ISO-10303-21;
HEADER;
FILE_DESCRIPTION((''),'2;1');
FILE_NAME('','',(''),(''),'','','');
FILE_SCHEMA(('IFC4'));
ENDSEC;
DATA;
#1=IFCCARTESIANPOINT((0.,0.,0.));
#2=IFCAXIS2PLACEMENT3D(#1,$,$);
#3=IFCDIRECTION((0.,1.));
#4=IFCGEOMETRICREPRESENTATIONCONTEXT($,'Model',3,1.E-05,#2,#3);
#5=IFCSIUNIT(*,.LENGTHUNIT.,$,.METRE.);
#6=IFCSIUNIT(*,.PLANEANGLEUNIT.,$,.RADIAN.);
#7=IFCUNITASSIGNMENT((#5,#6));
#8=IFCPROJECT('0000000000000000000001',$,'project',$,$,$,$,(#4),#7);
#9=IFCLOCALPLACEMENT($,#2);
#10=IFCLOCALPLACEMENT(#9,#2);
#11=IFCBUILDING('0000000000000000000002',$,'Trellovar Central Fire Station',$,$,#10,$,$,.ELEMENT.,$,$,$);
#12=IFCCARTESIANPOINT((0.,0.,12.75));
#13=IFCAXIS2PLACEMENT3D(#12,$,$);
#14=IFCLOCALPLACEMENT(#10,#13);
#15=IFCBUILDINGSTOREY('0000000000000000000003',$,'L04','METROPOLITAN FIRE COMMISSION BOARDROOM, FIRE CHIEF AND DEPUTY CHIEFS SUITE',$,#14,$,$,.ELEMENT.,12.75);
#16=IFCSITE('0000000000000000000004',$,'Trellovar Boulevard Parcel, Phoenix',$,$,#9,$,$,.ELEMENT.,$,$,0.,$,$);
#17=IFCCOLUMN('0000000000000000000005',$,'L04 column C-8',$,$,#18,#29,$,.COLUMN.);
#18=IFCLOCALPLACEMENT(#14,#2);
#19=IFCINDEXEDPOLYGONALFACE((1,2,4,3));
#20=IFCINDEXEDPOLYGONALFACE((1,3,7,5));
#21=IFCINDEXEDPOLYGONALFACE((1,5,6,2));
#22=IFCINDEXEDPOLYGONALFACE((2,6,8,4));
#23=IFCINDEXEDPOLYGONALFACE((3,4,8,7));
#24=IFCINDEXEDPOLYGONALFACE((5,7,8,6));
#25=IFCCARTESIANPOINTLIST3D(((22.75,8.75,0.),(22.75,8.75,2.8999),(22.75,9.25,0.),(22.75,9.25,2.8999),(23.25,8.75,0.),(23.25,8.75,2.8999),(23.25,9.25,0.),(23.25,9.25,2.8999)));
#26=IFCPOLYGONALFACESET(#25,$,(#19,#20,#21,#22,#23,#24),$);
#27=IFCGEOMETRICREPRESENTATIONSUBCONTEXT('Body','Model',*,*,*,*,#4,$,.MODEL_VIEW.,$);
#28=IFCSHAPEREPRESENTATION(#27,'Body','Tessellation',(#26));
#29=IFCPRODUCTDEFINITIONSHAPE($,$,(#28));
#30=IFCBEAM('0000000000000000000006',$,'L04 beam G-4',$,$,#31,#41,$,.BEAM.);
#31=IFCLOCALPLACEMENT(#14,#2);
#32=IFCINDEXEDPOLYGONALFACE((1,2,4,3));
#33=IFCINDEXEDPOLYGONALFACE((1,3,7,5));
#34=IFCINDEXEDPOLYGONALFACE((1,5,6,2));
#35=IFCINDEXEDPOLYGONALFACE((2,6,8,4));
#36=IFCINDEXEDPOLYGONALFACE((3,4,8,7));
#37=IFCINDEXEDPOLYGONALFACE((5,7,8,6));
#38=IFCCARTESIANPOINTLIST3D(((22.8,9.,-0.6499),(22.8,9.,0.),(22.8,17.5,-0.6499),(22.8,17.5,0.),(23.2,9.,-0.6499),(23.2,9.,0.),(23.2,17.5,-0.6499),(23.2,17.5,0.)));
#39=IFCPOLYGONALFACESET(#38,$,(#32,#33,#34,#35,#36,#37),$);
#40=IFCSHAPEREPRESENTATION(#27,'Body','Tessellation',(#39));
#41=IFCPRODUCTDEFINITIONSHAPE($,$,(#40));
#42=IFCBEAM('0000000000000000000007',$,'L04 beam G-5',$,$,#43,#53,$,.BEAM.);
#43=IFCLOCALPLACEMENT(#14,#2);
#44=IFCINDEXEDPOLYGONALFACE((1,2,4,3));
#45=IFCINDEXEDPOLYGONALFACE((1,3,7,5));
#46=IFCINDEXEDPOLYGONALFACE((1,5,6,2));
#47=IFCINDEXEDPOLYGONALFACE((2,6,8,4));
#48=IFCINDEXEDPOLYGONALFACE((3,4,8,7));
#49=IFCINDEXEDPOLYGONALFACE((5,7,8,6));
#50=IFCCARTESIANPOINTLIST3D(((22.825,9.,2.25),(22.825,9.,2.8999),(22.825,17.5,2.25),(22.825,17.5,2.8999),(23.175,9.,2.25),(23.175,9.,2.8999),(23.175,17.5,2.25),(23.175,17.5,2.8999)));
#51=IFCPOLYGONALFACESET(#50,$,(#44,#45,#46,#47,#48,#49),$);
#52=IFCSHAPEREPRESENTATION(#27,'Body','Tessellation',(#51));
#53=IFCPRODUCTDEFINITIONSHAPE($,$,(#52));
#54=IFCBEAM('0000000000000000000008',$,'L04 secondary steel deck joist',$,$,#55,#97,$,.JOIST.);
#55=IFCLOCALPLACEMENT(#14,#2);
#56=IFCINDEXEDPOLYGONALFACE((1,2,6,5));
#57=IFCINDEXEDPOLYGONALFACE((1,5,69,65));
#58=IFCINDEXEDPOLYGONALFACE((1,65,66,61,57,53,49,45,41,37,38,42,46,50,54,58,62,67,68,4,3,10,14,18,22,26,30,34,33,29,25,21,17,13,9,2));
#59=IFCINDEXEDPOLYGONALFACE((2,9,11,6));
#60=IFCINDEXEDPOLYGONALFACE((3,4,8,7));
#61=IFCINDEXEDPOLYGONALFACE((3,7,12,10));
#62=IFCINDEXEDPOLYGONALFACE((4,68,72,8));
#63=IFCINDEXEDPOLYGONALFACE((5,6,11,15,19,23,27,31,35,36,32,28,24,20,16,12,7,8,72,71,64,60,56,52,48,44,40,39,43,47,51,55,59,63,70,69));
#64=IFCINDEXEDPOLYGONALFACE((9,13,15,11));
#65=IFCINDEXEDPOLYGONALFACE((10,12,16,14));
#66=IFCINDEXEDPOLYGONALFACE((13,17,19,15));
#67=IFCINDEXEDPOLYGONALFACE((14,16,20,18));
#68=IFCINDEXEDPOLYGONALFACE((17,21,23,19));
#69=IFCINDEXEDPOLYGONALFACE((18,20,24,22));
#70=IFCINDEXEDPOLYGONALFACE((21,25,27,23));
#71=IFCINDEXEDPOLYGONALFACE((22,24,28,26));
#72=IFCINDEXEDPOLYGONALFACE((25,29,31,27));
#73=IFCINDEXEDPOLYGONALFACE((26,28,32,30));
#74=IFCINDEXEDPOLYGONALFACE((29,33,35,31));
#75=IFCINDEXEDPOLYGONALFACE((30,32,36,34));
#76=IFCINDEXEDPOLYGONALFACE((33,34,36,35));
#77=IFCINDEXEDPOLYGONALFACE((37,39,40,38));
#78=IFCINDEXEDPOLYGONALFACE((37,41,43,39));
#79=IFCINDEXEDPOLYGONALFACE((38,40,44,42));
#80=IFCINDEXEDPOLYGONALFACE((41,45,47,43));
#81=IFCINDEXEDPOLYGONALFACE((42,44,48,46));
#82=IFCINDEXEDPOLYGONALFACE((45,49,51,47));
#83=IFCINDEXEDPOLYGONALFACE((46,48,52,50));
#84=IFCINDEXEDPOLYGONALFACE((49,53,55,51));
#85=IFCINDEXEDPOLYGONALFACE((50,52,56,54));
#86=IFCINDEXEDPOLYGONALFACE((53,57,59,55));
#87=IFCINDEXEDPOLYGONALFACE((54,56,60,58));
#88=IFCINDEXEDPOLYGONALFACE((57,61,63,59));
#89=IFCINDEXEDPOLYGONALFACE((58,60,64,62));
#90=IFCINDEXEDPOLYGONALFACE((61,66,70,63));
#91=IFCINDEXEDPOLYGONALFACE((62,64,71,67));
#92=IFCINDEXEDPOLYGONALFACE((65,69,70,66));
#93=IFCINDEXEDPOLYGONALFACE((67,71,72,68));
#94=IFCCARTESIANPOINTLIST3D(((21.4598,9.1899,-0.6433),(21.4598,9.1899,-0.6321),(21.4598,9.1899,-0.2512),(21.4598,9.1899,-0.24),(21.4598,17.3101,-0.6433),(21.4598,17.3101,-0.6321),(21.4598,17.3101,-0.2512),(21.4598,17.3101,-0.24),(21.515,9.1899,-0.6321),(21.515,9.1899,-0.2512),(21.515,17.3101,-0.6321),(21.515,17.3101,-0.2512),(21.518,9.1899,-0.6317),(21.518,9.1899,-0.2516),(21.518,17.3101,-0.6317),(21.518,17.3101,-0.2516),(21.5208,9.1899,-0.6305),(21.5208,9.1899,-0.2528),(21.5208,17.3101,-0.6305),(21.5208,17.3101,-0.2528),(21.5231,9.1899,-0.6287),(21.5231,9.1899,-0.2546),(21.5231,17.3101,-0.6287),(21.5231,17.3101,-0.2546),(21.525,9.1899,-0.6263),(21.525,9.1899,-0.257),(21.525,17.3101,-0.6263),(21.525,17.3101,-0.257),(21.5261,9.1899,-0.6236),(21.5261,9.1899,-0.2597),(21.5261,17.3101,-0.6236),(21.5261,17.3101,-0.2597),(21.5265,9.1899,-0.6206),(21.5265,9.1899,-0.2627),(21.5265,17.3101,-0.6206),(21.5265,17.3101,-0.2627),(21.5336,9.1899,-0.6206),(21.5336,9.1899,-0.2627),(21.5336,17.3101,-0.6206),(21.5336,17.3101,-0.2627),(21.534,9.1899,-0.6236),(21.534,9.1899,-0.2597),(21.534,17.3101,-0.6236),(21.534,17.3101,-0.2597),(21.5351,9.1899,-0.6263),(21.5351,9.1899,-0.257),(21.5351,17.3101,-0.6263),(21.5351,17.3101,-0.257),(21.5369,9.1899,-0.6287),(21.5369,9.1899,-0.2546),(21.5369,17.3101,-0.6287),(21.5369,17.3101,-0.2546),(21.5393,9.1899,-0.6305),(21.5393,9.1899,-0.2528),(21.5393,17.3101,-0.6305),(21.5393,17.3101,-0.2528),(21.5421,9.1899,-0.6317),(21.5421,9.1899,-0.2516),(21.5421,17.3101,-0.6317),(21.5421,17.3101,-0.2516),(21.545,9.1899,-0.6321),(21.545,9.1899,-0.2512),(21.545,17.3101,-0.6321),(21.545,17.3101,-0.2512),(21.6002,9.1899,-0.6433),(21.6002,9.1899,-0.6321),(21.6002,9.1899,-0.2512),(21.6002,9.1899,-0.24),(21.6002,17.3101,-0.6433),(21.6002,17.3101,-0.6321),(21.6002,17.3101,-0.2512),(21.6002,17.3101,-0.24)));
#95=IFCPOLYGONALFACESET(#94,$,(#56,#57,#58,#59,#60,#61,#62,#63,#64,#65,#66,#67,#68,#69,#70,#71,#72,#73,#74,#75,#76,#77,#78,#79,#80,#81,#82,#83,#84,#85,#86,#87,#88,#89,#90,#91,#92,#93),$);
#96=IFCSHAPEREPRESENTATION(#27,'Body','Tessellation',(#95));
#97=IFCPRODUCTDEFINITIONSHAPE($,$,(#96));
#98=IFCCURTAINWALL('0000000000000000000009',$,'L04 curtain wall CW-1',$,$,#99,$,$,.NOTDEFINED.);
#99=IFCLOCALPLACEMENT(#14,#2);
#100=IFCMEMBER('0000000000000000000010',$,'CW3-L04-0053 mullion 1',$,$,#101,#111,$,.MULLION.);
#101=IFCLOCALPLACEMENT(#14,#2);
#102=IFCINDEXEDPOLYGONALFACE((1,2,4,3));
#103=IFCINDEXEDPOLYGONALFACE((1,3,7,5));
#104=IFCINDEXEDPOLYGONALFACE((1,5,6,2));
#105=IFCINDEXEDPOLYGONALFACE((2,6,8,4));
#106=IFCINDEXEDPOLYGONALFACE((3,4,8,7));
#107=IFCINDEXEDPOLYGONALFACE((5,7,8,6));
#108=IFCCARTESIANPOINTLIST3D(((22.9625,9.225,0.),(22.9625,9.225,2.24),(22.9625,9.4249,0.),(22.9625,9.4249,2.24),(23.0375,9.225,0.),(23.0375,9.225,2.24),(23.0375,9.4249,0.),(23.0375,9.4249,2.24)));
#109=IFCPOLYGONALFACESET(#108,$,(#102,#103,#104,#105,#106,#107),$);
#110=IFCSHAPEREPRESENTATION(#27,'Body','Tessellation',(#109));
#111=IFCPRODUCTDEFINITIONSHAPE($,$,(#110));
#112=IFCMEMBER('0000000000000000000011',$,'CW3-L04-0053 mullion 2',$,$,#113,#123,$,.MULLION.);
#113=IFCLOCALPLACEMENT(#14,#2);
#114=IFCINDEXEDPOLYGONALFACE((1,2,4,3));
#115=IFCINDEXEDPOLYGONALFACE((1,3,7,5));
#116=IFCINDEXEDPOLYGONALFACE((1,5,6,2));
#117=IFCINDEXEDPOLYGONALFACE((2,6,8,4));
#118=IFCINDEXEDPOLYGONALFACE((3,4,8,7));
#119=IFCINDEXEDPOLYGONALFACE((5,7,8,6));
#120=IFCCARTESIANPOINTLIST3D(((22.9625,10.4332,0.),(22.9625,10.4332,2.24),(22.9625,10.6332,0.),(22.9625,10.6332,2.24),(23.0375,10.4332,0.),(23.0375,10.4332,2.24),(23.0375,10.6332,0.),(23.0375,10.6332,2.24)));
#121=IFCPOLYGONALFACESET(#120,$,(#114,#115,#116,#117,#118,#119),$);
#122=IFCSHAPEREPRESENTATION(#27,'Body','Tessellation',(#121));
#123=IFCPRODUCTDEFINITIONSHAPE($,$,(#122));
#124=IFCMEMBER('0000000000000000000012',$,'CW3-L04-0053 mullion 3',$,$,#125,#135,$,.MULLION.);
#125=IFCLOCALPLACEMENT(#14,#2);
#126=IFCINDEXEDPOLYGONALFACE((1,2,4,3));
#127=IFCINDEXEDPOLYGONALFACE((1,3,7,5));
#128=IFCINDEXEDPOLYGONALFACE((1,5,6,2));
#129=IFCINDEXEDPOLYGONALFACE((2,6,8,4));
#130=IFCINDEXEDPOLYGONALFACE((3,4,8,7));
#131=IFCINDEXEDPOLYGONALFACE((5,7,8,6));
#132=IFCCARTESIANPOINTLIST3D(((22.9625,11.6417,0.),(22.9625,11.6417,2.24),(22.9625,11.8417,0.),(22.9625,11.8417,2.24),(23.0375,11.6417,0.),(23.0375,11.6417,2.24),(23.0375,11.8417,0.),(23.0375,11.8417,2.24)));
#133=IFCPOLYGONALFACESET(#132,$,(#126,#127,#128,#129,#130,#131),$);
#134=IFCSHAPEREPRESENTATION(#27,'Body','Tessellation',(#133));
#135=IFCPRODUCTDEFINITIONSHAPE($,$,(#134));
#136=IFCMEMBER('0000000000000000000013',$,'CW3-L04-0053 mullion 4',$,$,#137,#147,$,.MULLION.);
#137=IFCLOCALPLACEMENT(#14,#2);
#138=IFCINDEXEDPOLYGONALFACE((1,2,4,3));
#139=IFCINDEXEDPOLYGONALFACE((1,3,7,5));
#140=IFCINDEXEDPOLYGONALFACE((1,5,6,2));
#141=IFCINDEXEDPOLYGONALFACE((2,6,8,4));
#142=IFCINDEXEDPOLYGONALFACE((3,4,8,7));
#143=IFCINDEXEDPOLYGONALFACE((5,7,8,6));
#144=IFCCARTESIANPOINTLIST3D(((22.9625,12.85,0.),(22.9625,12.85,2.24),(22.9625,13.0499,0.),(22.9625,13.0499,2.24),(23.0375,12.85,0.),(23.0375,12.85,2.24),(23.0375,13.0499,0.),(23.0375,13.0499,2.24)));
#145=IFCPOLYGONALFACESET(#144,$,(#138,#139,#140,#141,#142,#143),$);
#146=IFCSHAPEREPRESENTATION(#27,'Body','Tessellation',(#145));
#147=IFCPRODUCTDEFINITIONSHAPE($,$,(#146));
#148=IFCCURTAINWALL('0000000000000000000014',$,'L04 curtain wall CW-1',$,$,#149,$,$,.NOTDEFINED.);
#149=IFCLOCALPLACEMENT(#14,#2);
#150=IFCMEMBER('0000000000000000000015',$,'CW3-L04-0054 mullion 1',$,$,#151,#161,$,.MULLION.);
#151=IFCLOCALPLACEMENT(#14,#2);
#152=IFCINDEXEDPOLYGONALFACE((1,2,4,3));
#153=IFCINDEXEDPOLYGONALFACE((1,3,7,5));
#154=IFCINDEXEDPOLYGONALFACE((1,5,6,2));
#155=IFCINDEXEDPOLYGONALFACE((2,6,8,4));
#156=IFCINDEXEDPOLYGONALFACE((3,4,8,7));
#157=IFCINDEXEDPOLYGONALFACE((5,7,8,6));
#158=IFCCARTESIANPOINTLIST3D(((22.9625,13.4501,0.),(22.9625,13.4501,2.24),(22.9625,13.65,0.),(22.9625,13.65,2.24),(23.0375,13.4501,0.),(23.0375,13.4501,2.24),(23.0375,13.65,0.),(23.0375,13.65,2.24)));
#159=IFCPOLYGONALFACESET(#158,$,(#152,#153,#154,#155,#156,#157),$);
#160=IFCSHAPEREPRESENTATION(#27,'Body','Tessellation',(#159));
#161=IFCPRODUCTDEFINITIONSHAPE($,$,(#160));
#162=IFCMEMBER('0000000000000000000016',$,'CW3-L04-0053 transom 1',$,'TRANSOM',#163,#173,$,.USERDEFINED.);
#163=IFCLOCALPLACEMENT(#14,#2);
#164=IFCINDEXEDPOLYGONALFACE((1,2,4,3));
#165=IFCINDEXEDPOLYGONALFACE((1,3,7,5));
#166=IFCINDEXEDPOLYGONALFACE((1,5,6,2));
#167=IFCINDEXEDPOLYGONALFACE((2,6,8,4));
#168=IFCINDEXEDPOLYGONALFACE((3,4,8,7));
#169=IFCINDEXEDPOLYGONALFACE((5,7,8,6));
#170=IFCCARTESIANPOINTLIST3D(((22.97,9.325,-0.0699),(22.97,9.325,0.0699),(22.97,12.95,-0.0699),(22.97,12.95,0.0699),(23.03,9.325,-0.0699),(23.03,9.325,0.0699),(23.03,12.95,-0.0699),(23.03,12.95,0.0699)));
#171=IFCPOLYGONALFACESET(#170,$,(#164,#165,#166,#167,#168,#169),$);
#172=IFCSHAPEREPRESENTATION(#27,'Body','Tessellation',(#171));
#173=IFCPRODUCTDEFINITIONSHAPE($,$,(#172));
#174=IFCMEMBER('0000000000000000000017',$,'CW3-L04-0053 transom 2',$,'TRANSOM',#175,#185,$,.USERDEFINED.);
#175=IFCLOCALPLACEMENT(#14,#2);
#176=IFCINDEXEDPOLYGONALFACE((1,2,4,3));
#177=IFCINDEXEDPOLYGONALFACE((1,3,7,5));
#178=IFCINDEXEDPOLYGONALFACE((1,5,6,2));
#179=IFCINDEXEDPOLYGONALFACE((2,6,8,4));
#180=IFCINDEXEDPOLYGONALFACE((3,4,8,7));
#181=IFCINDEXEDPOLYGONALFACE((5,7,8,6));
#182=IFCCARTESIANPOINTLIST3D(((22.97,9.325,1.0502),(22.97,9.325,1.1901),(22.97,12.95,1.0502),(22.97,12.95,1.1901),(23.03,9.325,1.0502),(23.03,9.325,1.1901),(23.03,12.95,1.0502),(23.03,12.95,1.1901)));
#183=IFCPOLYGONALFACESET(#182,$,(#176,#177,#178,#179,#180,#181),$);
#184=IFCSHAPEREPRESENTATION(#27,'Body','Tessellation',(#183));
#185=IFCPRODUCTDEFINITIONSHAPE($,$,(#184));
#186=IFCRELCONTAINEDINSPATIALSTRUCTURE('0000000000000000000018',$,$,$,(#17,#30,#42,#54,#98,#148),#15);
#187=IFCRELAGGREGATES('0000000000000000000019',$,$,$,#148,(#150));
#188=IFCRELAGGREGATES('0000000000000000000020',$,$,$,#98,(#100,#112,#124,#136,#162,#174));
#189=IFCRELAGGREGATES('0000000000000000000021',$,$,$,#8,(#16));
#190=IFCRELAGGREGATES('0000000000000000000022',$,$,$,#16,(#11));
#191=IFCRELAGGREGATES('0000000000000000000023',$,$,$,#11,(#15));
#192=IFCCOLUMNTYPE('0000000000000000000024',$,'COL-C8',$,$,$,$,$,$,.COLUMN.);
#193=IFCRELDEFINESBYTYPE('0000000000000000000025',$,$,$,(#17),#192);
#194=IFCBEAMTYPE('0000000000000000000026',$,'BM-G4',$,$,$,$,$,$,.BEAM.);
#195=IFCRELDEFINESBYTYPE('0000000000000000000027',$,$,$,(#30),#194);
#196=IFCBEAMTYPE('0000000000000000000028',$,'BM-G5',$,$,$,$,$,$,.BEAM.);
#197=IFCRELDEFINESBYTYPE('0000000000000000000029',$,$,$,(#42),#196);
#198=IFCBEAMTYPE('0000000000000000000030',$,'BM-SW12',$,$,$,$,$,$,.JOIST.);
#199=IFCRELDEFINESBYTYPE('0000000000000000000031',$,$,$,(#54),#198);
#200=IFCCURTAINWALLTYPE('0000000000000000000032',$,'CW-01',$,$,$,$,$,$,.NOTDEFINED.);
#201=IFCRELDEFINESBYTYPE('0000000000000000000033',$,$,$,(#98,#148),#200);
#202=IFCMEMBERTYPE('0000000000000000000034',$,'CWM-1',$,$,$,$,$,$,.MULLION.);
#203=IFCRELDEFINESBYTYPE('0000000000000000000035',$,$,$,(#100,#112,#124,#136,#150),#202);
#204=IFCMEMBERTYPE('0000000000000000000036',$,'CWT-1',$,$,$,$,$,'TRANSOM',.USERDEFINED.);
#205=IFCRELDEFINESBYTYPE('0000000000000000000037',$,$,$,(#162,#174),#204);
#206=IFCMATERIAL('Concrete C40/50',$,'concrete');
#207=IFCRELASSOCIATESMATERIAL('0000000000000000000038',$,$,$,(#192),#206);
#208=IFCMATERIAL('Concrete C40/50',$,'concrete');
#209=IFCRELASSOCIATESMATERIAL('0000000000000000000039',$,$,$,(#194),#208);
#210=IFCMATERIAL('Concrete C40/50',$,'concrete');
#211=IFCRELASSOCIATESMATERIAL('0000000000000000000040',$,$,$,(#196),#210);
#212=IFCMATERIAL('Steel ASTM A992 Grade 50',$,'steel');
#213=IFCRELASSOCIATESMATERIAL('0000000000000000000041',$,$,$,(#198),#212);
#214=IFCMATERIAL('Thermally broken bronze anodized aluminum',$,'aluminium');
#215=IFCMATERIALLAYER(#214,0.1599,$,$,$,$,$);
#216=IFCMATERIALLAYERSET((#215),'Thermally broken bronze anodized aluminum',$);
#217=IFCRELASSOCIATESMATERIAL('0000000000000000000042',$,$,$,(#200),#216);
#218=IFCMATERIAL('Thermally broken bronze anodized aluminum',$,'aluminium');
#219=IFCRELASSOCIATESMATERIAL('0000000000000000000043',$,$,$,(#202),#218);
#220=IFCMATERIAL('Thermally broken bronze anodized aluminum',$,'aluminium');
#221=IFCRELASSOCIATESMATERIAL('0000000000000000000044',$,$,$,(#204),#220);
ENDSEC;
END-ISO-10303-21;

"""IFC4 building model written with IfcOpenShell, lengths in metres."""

from ifc_helpers import new_model, si_unit, direction, frame, origin, origin_2d, place, context, subcontext, project, spatial, rectangle, i_section, extrude, material, layer, layer_set, material_profile, profile_set, type_object, element, aggregate, save


model = new_model("IFC4")

# Units and contexts
model_context = context("Model", 3, precision=1e-05, world=origin(), true_north=direction((0.0, 1.0)))
body_context = subcontext(model_context, "Body", "Model", "MODEL_VIEW")
ifc_project = project(units=[si_unit("LENGTHUNIT", "METRE"), si_unit("PLANEANGLEUNIT", "RADIAN")], contexts=[model_context])

# Site, building, storey
site_placement = place(None, origin())
site = spatial("IfcSite", under=ifc_project, at=site_placement, Name="Trellovar Boulevard Parcel, Phoenix", CompositionType="ELEMENT", RefElevation=0.0)
building_placement = place(site_placement, origin())
building = spatial("IfcBuilding", under=site, at=building_placement, Name="Trellovar Central Fire Station", CompositionType="ELEMENT")
storey_placement = place(building_placement, frame((0.0, 0.0, 12.75)))
storey = spatial("IfcBuildingStorey", under=building, at=storey_placement, Name="L04", Description="METROPOLITAN FIRE COMMISSION BOARDROOM, FIRE CHIEF AND DEPUTY CHIEFS SUITE", CompositionType="ELEMENT", Elevation=12.75)

# Column
ifc_material_1 = material(Name="Concrete C40/50", Category="concrete")
ifc_material_profile_1 = material_profile(ifc_material_1, rectangle(XDim=0.5, YDim=0.5, at=origin_2d()), Name="RC500X500")
ifc_profile_set_1 = profile_set([ifc_material_profile_1], Name="Concrete C40/50")
column_type = type_object("IfcColumnType", Name="COL-C8", PredefinedType="COLUMN", material=ifc_profile_set_1)
column_placement = place(storey_placement, frame((23.0, 9.0, 0.0), z_axis=(0.0, 0.0, 1.0), x_axis=(1.0, 0.0, 0.0)))
element("IfcColumn", 1, at=column_placement, inside=storey, type_object=column_type, Name="L04 column C-8", PredefinedType="COLUMN", context=body_context, shape_type="SweptSolid", body=[
    extrude(rectangle(XDim=0.5, YDim=0.5, at=origin_2d()), origin(), (0.0, 0.0, 1.0), 2.8999),
])

# Beams
ifc_material_2 = material(Name="Concrete C40/50", Category="concrete")
ifc_material_profile_2 = material_profile(ifc_material_2, rectangle(XDim=0.3999, YDim=0.6499, at=origin_2d()), Name="RC400X650")
ifc_profile_set_2 = profile_set([ifc_material_profile_2], Name="Concrete C40/50")
beam_type_1 = type_object("IfcBeamType", Name="BM-G4", PredefinedType="BEAM", material=ifc_profile_set_2)
beam_1_placement = place(storey_placement, frame((23.0, 9.0, -0.325), z_axis=(0.0, 1.0, 0.0), x_axis=(-1.0, 0.0, 0.0)))
element("IfcBeam", 2, at=beam_1_placement, inside=storey, type_object=beam_type_1, Name="L04 beam G-4", PredefinedType="BEAM", context=body_context, shape_type="SweptSolid", body=[
    extrude(rectangle(XDim=0.3999, YDim=0.6499, at=origin_2d()), origin(), (0.0, 0.0, 1.0), 8.5),
])
ifc_material_3 = material(Name="Concrete C40/50", Category="concrete")
ifc_material_profile_3 = material_profile(ifc_material_3, rectangle(XDim=0.3501, YDim=0.6499, at=origin_2d()), Name="RC350X650")
ifc_profile_set_3 = profile_set([ifc_material_profile_3], Name="Concrete C40/50")
beam_type_2 = type_object("IfcBeamType", Name="BM-G5", PredefinedType="BEAM", material=ifc_profile_set_3)
beam_2_placement = place(storey_placement, frame((23.0, 9.0, 2.575), z_axis=(0.0, 1.0, 0.0), x_axis=(-1.0, 0.0, 0.0)))
element("IfcBeam", 3, at=beam_2_placement, inside=storey, type_object=beam_type_2, Name="L04 beam G-5", PredefinedType="BEAM", context=body_context, shape_type="SweptSolid", body=[
    extrude(rectangle(XDim=0.3501, YDim=0.6499, at=origin_2d()), origin(), (0.0, 0.0, 1.0), 8.5),
])
ifc_material_4 = material(Name="Steel ASTM A992 Grade 50", Category="steel")
ifc_material_profile_4 = material_profile(ifc_material_4, i_section(OverallWidth=0.1404, OverallDepth=0.4033, WebThickness=0.0071, FlangeThickness=0.0112, FilletRadius=0.0115, at=origin_2d()), Name="W16X31")
ifc_profile_set_4 = profile_set([ifc_material_profile_4], Name="Steel ASTM A992 Grade 50")
beam_type_3 = type_object("IfcBeamType", Name="BM-SW12", PredefinedType="JOIST", material=ifc_profile_set_4)
beam_3_placement = place(storey_placement, frame((21.53, 9.1899, -0.4417), z_axis=(0.0, 1.0, 0.0), x_axis=(-1.0, 0.0, 0.0)))
element("IfcBeam", 4, at=beam_3_placement, inside=storey, type_object=beam_type_3, Name="L04 secondary steel deck joist", PredefinedType="JOIST", context=body_context, shape_type="SweptSolid", body=[
    extrude(i_section(OverallWidth=0.1404, OverallDepth=0.4033, WebThickness=0.0071, FlangeThickness=0.0112, FilletRadius=0.0115, at=origin_2d()), origin(), (0.0, 0.0, 1.0), 8.1201),
])

# Curtain wall, members
ifc_material_5 = material(Name="Thermally broken bronze anodized aluminum", Category="aluminium")
ifc_layer_1 = layer(ifc_material_5, 0.1599)
ifc_layer_set_1 = layer_set([ifc_layer_1], Name="Thermally broken bronze anodized aluminum")
curtain_wall_type = type_object("IfcCurtainWallType", Name="CW-01", PredefinedType="NOTDEFINED", material=ifc_layer_set_1)
curtain_wall_1_placement = place(storey_placement, origin())
curtain_wall_1 = element("IfcCurtainWall", 5, at=curtain_wall_1_placement, inside=storey, type_object=curtain_wall_type, Name="L04 curtain wall CW-1", PredefinedType="NOTDEFINED")
ifc_material_6 = material(Name="Thermally broken bronze anodized aluminum", Category="aluminium")
ifc_material_profile_5 = material_profile(ifc_material_6, rectangle(XDim=0.075, YDim=0.2, at=origin_2d()), Name="ALU75X200")
ifc_profile_set_5 = profile_set([ifc_material_profile_5], Name="Thermally broken bronze anodized aluminum")
member_type_1 = type_object("IfcMemberType", Name="CWM-1", PredefinedType="MULLION", material=ifc_profile_set_5)
member_1_placement = place(storey_placement, frame((23.0, 9.325, 0.0), z_axis=(0.0, 0.0, 1.0), x_axis=(1.0, 0.0, 0.0)))
member_1 = element("IfcMember", 6, at=member_1_placement, type_object=member_type_1, Name="CW3-L04-0053 mullion 1", PredefinedType="MULLION", context=body_context, shape_type="SweptSolid", body=[
    extrude(rectangle(XDim=0.075, YDim=0.2, at=origin_2d()), origin(), (0.0, 0.0, 1.0), 2.24),
])
member_2_placement = place(storey_placement, frame((23.0, 10.5332, 0.0), z_axis=(0.0, 0.0, 1.0), x_axis=(1.0, 0.0, 0.0)))
member_2 = element("IfcMember", 7, at=member_2_placement, type_object=member_type_1, Name="CW3-L04-0053 mullion 2", PredefinedType="MULLION", context=body_context, shape_type="SweptSolid", body=[
    extrude(rectangle(XDim=0.075, YDim=0.2, at=origin_2d()), origin(), (0.0, 0.0, 1.0), 2.24),
])
member_3_placement = place(storey_placement, frame((23.0, 11.7417, 0.0), z_axis=(0.0, 0.0, 1.0), x_axis=(1.0, 0.0, 0.0)))
member_3 = element("IfcMember", 8, at=member_3_placement, type_object=member_type_1, Name="CW3-L04-0053 mullion 3", PredefinedType="MULLION", context=body_context, shape_type="SweptSolid", body=[
    extrude(rectangle(XDim=0.075, YDim=0.2, at=origin_2d()), origin(), (0.0, 0.0, 1.0), 2.24),
])
member_4_placement = place(storey_placement, frame((23.0, 12.95, 0.0), z_axis=(0.0, 0.0, 1.0), x_axis=(1.0, 0.0, 0.0)))
member_4 = element("IfcMember", 9, at=member_4_placement, type_object=member_type_1, Name="CW3-L04-0053 mullion 4", PredefinedType="MULLION", context=body_context, shape_type="SweptSolid", body=[
    extrude(rectangle(XDim=0.075, YDim=0.2, at=origin_2d()), origin(), (0.0, 0.0, 1.0), 2.24),
])

# Curtain wall, member
curtain_wall_2_placement = place(storey_placement, origin())
curtain_wall_2 = element("IfcCurtainWall", 10, at=curtain_wall_2_placement, inside=storey, type_object=curtain_wall_type, Name="L04 curtain wall CW-1", PredefinedType="NOTDEFINED")
member_5_placement = place(storey_placement, frame((23.0, 13.55, 0.0), z_axis=(0.0, 0.0, 1.0), x_axis=(1.0, 0.0, 0.0)))
member_5 = element("IfcMember", 11, at=member_5_placement, type_object=member_type_1, Name="CW3-L04-0054 mullion 1", PredefinedType="MULLION", context=body_context, shape_type="SweptSolid", body=[
    extrude(rectangle(XDim=0.075, YDim=0.2, at=origin_2d()), origin(), (0.0, 0.0, 1.0), 2.24),
])

# Members
ifc_material_7 = material(Name="Thermally broken bronze anodized aluminum", Category="aluminium")
ifc_material_profile_6 = material_profile(ifc_material_7, rectangle(XDim=0.0601, YDim=0.1399, at=origin_2d()), Name="ALU60X140")
ifc_profile_set_6 = profile_set([ifc_material_profile_6], Name="Thermally broken bronze anodized aluminum")
member_type_2 = type_object("IfcMemberType", Name="CWT-1", ElementType="TRANSOM", PredefinedType="USERDEFINED", material=ifc_profile_set_6)
member_6_placement = place(storey_placement, frame((23.0, 9.325, 0.0), z_axis=(0.0, 1.0, 0.0), x_axis=(-1.0, 0.0, 0.0)))
member_6 = element("IfcMember", 12, at=member_6_placement, type_object=member_type_2, Name="CW3-L04-0053 transom 1", ObjectType="TRANSOM", PredefinedType="USERDEFINED", context=body_context, shape_type="SweptSolid", body=[
    extrude(rectangle(XDim=0.0601, YDim=0.1399, at=origin_2d()), origin(), (0.0, 0.0, 1.0), 3.625),
])
member_7_placement = place(storey_placement, frame((23.0, 9.325, 1.1201), z_axis=(0.0, 1.0, 0.0), x_axis=(-1.0, 0.0, 0.0)))
member_7 = element("IfcMember", 13, at=member_7_placement, type_object=member_type_2, Name="CW3-L04-0053 transom 2", ObjectType="TRANSOM", PredefinedType="USERDEFINED", context=body_context, shape_type="SweptSolid", body=[
    extrude(rectangle(XDim=0.0601, YDim=0.1399, at=origin_2d()), origin(), (0.0, 0.0, 1.0), 3.625),
])

aggregate(curtain_wall_2, [member_5])
aggregate(curtain_wall_1, [member_1, member_2, member_3, member_4, member_6, member_7])

save(model, "model.ifc")
